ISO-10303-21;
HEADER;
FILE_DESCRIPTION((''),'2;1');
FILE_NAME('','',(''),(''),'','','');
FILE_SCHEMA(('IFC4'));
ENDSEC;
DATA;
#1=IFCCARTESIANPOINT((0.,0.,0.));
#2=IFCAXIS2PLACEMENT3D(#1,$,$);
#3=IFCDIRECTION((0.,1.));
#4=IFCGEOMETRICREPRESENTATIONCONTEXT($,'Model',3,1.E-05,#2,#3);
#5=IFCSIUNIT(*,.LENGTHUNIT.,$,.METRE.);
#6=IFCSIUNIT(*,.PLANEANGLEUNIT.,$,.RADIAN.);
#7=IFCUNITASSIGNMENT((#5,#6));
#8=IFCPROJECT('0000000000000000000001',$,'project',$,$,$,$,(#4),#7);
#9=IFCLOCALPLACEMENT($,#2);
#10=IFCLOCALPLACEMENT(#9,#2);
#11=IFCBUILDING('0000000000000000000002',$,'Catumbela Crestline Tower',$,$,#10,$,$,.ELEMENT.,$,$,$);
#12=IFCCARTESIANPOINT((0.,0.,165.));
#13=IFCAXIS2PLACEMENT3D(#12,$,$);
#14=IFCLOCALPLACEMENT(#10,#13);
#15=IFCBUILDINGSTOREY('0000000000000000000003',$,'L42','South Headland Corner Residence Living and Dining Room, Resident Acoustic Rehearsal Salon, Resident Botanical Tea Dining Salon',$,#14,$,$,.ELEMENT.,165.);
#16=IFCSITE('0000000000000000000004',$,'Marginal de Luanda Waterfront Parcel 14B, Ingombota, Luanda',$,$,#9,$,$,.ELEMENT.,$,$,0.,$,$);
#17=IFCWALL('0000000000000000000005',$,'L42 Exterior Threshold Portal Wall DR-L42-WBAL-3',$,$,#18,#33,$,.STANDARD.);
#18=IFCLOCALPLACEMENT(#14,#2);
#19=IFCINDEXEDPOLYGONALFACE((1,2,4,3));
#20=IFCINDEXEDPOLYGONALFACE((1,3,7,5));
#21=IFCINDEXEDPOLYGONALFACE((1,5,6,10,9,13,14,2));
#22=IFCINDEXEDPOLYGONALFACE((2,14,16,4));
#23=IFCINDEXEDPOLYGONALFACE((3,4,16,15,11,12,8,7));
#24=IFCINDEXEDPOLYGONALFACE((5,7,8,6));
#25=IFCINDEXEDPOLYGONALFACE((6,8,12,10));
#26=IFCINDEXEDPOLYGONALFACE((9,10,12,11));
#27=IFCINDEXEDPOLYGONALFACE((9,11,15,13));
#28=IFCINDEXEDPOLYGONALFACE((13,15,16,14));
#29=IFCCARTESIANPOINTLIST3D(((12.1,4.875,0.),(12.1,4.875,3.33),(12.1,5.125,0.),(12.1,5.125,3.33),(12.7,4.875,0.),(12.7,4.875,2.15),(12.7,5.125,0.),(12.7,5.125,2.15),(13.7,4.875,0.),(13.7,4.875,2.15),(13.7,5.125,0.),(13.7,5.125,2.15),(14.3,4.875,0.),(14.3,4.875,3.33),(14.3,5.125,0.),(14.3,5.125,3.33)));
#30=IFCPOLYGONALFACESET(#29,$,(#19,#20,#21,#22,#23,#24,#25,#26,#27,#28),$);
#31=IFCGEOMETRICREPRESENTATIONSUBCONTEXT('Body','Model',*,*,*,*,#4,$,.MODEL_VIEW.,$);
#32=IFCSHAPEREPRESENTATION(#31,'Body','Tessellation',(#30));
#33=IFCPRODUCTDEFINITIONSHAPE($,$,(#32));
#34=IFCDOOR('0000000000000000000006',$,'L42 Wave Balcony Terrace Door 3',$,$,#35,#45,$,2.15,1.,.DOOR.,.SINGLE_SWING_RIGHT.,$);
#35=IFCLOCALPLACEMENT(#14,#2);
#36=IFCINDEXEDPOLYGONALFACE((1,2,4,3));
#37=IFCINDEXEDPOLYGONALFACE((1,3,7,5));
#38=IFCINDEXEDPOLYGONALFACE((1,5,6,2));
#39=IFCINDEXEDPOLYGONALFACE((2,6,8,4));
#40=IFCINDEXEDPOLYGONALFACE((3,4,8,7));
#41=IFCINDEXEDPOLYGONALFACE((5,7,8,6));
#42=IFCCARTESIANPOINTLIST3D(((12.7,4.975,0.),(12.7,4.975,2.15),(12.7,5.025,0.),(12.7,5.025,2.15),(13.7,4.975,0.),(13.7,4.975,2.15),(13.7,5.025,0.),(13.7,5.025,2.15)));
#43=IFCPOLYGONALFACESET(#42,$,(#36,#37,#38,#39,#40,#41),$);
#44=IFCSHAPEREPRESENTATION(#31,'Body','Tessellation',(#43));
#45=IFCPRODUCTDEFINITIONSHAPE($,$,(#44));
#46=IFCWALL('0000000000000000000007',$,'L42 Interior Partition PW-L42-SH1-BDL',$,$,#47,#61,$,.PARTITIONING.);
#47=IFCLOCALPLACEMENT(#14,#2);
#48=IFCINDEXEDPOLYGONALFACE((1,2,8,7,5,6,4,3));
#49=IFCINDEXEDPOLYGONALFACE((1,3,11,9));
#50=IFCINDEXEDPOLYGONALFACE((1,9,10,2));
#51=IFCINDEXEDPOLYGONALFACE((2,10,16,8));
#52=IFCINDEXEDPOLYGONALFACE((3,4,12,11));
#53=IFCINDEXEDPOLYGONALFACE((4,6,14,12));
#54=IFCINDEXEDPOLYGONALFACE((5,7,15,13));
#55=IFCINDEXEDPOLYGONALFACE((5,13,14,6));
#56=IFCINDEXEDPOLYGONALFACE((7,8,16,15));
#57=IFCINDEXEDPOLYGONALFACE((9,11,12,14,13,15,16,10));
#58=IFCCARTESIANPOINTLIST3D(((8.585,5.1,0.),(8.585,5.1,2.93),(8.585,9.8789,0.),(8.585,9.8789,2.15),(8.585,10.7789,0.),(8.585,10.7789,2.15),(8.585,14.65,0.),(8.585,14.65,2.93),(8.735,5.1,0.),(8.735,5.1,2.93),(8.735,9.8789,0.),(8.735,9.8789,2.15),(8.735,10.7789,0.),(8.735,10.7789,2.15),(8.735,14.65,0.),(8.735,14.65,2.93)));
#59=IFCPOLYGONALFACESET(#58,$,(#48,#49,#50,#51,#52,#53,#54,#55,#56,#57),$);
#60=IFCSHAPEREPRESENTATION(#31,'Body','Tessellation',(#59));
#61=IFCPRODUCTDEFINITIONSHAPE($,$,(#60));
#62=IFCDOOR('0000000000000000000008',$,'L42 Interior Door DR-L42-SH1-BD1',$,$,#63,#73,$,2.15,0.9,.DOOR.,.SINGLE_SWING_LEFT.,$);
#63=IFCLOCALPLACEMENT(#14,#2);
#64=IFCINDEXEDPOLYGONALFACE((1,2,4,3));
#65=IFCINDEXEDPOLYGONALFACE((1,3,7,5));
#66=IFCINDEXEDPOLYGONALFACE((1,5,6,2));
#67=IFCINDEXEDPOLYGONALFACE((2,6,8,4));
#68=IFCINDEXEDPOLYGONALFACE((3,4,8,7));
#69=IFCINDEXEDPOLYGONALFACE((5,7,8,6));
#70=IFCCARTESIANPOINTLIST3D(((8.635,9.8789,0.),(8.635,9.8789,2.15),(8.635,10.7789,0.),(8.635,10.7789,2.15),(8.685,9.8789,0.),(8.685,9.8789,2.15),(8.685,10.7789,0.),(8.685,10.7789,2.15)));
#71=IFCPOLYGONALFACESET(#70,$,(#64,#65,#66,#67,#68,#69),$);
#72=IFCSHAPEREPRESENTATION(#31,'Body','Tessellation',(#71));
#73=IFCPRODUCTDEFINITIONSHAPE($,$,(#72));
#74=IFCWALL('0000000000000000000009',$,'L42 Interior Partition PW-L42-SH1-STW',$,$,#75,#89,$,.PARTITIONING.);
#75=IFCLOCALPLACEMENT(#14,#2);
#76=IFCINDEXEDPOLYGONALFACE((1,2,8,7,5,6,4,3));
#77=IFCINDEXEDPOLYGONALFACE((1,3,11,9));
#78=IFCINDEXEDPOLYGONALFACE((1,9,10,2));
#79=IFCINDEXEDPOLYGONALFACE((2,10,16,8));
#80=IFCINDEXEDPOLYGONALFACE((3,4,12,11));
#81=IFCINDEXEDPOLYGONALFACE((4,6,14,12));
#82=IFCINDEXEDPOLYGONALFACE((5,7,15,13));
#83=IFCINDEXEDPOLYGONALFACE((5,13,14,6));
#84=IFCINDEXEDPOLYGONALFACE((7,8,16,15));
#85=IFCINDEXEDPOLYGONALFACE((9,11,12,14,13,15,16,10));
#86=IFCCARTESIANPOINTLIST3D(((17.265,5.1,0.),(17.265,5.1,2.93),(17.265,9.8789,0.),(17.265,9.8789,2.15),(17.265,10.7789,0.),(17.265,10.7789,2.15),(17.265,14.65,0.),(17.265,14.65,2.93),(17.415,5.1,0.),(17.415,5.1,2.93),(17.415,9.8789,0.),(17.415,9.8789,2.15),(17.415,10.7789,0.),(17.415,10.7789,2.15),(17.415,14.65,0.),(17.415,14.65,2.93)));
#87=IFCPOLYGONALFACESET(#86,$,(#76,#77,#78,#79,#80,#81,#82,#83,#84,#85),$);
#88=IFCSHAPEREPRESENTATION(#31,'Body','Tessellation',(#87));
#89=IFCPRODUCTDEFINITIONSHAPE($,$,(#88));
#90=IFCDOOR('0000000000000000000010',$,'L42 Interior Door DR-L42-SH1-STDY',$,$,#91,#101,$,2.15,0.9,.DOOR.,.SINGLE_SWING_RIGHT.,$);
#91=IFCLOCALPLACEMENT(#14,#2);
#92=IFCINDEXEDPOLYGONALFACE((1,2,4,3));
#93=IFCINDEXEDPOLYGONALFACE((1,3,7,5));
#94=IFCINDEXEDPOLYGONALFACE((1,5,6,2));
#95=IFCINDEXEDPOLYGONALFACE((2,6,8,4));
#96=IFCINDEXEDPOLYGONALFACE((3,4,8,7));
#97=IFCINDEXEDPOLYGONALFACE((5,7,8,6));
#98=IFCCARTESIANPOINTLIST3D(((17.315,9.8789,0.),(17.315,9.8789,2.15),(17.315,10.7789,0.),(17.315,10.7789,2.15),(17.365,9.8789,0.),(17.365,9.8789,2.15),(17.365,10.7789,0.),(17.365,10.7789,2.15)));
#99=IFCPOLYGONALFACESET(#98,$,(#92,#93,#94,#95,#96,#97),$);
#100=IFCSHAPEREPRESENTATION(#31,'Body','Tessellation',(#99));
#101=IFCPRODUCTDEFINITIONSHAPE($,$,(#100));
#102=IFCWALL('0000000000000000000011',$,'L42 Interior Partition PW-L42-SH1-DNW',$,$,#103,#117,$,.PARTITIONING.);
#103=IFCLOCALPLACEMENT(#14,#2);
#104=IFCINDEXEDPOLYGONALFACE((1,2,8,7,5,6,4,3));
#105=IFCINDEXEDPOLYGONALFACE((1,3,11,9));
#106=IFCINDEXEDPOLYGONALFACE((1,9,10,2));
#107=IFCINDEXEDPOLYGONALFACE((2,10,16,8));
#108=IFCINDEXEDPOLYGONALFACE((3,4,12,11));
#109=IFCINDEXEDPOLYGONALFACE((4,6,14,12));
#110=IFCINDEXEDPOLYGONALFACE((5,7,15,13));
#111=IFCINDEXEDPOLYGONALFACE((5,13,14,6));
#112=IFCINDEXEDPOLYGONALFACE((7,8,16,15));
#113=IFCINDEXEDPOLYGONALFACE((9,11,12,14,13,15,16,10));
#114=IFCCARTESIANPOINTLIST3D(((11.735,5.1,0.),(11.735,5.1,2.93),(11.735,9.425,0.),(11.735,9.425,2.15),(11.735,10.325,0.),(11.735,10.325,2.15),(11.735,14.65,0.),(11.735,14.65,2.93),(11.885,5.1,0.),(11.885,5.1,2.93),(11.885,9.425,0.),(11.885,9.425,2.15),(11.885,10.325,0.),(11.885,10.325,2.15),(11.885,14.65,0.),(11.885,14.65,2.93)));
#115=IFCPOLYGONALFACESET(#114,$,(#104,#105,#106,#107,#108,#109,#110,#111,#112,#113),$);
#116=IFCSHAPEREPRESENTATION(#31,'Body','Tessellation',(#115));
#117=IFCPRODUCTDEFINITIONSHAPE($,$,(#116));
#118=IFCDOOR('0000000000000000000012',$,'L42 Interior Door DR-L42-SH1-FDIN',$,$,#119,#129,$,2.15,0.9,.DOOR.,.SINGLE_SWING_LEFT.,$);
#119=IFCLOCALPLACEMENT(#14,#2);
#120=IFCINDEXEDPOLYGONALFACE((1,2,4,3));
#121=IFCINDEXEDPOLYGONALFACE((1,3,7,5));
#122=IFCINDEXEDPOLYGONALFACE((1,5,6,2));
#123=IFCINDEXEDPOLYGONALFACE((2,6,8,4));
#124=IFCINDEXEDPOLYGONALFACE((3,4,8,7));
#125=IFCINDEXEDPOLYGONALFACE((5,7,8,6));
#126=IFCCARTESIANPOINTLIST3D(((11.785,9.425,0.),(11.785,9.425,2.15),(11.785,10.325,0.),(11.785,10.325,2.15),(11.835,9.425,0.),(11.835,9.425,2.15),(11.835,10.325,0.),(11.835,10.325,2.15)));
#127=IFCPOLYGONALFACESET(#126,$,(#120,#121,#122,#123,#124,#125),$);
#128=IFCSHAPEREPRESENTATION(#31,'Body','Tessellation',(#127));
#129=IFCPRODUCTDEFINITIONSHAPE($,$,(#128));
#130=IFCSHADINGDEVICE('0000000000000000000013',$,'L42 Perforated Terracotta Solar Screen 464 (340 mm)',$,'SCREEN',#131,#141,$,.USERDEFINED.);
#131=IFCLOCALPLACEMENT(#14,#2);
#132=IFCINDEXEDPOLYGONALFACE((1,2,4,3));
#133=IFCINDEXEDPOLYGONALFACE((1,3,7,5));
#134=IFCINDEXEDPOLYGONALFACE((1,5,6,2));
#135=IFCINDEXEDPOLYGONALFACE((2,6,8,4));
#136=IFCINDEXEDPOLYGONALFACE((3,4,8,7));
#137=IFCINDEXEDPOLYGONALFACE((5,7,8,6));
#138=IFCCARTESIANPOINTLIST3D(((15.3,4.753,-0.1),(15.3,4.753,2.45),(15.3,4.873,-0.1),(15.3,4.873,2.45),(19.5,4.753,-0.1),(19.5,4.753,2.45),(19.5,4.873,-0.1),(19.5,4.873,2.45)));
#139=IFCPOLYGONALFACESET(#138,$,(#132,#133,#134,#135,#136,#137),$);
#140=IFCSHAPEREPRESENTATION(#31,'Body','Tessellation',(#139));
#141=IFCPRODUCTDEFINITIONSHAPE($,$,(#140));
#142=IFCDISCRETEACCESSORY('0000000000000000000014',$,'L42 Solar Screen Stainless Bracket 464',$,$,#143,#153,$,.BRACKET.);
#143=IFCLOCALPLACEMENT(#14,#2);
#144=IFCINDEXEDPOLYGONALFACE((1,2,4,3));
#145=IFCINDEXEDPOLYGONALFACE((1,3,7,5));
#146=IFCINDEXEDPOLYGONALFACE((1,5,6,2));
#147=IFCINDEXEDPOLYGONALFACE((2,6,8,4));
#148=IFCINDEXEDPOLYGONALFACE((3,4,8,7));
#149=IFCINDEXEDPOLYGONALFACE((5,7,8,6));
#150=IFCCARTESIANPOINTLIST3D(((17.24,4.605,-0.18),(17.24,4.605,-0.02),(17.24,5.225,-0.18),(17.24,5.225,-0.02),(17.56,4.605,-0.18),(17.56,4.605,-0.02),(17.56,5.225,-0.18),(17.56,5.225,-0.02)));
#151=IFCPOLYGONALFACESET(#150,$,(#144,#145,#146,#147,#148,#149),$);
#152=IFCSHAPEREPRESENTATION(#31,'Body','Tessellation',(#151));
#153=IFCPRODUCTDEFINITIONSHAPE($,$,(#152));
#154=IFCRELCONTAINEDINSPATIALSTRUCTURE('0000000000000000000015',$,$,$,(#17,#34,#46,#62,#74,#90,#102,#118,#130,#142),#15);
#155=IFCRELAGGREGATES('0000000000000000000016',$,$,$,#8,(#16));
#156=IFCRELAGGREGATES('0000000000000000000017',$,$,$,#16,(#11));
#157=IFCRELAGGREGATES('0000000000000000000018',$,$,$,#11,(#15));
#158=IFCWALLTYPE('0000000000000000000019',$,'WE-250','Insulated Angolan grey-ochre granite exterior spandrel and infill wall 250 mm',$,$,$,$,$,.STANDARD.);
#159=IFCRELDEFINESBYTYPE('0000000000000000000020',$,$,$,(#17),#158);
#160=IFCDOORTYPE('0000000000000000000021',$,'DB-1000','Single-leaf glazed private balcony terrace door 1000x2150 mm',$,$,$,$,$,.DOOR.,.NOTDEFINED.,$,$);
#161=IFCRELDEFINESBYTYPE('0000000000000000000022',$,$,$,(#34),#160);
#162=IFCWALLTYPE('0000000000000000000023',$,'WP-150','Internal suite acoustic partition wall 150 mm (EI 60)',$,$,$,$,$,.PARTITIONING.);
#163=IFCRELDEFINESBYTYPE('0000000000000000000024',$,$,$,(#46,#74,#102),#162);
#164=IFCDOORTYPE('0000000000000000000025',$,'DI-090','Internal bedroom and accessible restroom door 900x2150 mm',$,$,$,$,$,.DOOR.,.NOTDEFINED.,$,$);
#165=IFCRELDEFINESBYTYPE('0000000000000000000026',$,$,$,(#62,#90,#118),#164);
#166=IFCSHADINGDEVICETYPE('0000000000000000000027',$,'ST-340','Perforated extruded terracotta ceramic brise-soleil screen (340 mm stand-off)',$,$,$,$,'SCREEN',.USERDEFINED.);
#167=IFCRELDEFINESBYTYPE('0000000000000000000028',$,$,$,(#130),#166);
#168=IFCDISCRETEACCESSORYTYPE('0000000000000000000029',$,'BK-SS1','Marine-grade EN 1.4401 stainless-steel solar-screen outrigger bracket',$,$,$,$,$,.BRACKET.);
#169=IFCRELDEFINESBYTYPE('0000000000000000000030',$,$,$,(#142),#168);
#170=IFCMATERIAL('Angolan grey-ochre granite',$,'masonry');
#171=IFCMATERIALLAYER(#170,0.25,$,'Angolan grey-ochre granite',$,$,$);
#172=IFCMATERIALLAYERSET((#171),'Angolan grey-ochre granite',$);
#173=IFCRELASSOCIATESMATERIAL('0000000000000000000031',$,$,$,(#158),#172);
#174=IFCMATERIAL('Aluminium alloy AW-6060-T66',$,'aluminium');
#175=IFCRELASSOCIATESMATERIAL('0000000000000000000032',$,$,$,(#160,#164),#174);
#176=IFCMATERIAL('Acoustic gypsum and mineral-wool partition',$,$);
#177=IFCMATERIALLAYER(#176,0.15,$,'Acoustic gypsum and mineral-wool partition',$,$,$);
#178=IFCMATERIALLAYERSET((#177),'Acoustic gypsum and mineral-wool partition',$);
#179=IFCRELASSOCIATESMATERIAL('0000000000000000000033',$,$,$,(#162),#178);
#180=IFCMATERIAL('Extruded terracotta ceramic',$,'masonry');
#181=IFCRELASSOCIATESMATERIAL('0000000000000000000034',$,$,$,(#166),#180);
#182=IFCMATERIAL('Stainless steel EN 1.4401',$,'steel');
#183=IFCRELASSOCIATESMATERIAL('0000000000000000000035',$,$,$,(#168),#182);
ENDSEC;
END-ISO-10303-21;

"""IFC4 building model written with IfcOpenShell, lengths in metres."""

from ifc_helpers import new_model, si_unit, direction, frame, frame_2d, origin, origin_2d, place, context, subcontext, project, spatial, rectangle, extrude, material, layer, layer_set, type_object, element, fill, save


model = new_model("IFC4")

# Units and contexts
model_context = context("Model", 3, precision=1e-05, world=origin(), true_north=direction((0.0, 1.0)))
body_context = subcontext(model_context, "Body", "Model", "MODEL_VIEW")
ifc_project = project(units=[si_unit("LENGTHUNIT", "METRE"), si_unit("PLANEANGLEUNIT", "RADIAN")], contexts=[model_context])

# Site, building, storey
site_placement = place(None, origin())
site = spatial("IfcSite", under=ifc_project, at=site_placement, Name="Marginal de Luanda Waterfront Parcel 14B, Ingombota, Luanda", CompositionType="ELEMENT", RefElevation=0.0)
building_placement = place(site_placement, origin())
building = spatial("IfcBuilding", under=site, at=building_placement, Name="Catumbela Crestline Tower", CompositionType="ELEMENT")
storey_placement = place(building_placement, frame((0.0, 0.0, 165.0)))
storey = spatial("IfcBuildingStorey", under=building, at=storey_placement, Name="L42", Description="South Headland Corner Residence Living and Dining Room, Resident Acoustic Rehearsal Salon, Resident Botanical Tea Dining Salon", CompositionType="ELEMENT", Elevation=165.0)

# Shared definitions
ifc_material_1 = material(Name="Aluminium alloy AW-6060-T66", Category="aluminium")

# Walls, openings, doors
ifc_material_2 = material(Name="Angolan grey-ochre granite", Category="masonry")
ifc_layer_1 = layer(ifc_material_2, 0.25, Name="Angolan grey-ochre granite")
ifc_layer_set_1 = layer_set([ifc_layer_1], Name="Angolan grey-ochre granite")
wall_type_1 = type_object("IfcWallType", Name="WE-250", Description="Insulated Angolan grey-ochre granite exterior spandrel and infill wall 250 mm", PredefinedType="STANDARD", material=ifc_layer_set_1)
wall_1_placement = place(storey_placement, frame((12.1, 5.0, 0.0), z_axis=(0.0, 0.0, 1.0), x_axis=(1.0, 0.0, 0.0)))
wall_1 = element("IfcWall", 1, at=wall_1_placement, inside=storey, type_object=wall_type_1, Name="L42 Exterior Threshold Portal Wall DR-L42-WBAL-3", PredefinedType="STANDARD", context=body_context, shape_type="SweptSolid", body=[
    extrude(rectangle(XDim=2.2, YDim=0.25, at=frame_2d((1.1, 0.0))), origin(), (0.0, 0.0, 1.0), 3.33),
])
opening_1_placement = place(wall_1_placement, frame((0.6, 0.0, 0.0)))
opening_1 = element("IfcOpeningElement", 2, at=opening_1_placement, cuts=wall_1, PredefinedType="OPENING", context=body_context, shape_type="SweptSolid", body=[
    extrude(rectangle(XDim=1.0, YDim=2.15, at=frame_2d((0.5, 1.075))), frame((0.0, 0.135, 0.0), z_axis=(0.0, -1.0, 0.0), x_axis=(1.0, 0.0, 0.0)), (0.0, 0.0, 1.0), 0.27),
])
door_type_1 = type_object("IfcDoorType", Name="DB-1000", Description="Single-leaf glazed private balcony terrace door 1000x2150 mm", OperationType="NOTDEFINED", PredefinedType="DOOR", material=ifc_material_1)
door_1_placement = place(opening_1_placement, origin())
door_1 = element("IfcDoor", 3, at=door_1_placement, inside=storey, type_object=door_type_1, Name="L42 Wave Balcony Terrace Door 3", OperationType="SINGLE_SWING_RIGHT", OverallHeight=2.15, OverallWidth=1.0, PredefinedType="DOOR", context=body_context, shape_type="SweptSolid", body=[
    extrude(rectangle(XDim=1.0, YDim=2.15, at=frame_2d((0.5, 1.075))), frame((0.0, 0.025, 0.0), z_axis=(0.0, -1.0, 0.0), x_axis=(1.0, 0.0, 0.0)), (0.0, 0.0, 1.0), 0.05),
])
fill(opening_1, door_1)
ifc_material_3 = material(Name="Acoustic gypsum and mineral-wool partition")
ifc_layer_2 = layer(ifc_material_3, 0.15, Name="Acoustic gypsum and mineral-wool partition")
ifc_layer_set_2 = layer_set([ifc_layer_2], Name="Acoustic gypsum and mineral-wool partition")
wall_type_2 = type_object("IfcWallType", Name="WP-150", Description="Internal suite acoustic partition wall 150 mm (EI 60)", PredefinedType="PARTITIONING", material=ifc_layer_set_2)
wall_2_placement = place(storey_placement, frame((8.66, 5.1, 0.0), z_axis=(0.0, 0.0, 1.0), x_axis=(0.0, 1.0, 0.0)))
wall_2 = element("IfcWall", 4, at=wall_2_placement, inside=storey, type_object=wall_type_2, Name="L42 Interior Partition PW-L42-SH1-BDL", PredefinedType="PARTITIONING", context=body_context, shape_type="SweptSolid", body=[
    extrude(rectangle(XDim=9.55, YDim=0.15, at=frame_2d((4.775, 0.0))), origin(), (0.0, 0.0, 1.0), 2.93),
])
opening_2_placement = place(wall_2_placement, frame((4.7789, 0.0, 0.0)))
opening_2 = element("IfcOpeningElement", 5, at=opening_2_placement, cuts=wall_2, PredefinedType="OPENING", context=body_context, shape_type="SweptSolid", body=[
    extrude(rectangle(XDim=0.9, YDim=2.15, at=frame_2d((0.45, 1.075))), frame((0.0, 0.085, 0.0), z_axis=(0.0, -1.0, 0.0), x_axis=(1.0, 0.0, 0.0)), (0.0, 0.0, 1.0), 0.17),
])
door_type_2 = type_object("IfcDoorType", Name="DI-090", Description="Internal bedroom and accessible restroom door 900x2150 mm", OperationType="NOTDEFINED", PredefinedType="DOOR", material=ifc_material_1)
door_2_placement = place(opening_2_placement, origin())
door_2 = element("IfcDoor", 6, at=door_2_placement, inside=storey, type_object=door_type_2, Name="L42 Interior Door DR-L42-SH1-BD1", OperationType="SINGLE_SWING_LEFT", OverallHeight=2.15, OverallWidth=0.9, PredefinedType="DOOR", context=body_context, shape_type="SweptSolid", body=[
    extrude(rectangle(XDim=0.9, YDim=2.15, at=frame_2d((0.45, 1.075))), frame((0.0, 0.025, 0.0), z_axis=(0.0, -1.0, 0.0), x_axis=(1.0, 0.0, 0.0)), (0.0, 0.0, 1.0), 0.05),
])
fill(opening_2, door_2)
wall_3_placement = place(storey_placement, frame((17.34, 5.1, 0.0), z_axis=(0.0, 0.0, 1.0), x_axis=(0.0, 1.0, 0.0)))
wall_3 = element("IfcWall", 7, at=wall_3_placement, inside=storey, type_object=wall_type_2, Name="L42 Interior Partition PW-L42-SH1-STW", PredefinedType="PARTITIONING", context=body_context, shape_type="SweptSolid", body=[
    extrude(rectangle(XDim=9.55, YDim=0.15, at=frame_2d((4.775, 0.0))), origin(), (0.0, 0.0, 1.0), 2.93),
])
opening_3_placement = place(wall_3_placement, frame((4.7789, 0.0, 0.0)))
opening_3 = element("IfcOpeningElement", 8, at=opening_3_placement, cuts=wall_3, PredefinedType="OPENING", context=body_context, shape_type="SweptSolid", body=[
    extrude(rectangle(XDim=0.9, YDim=2.15, at=frame_2d((0.45, 1.075))), frame((0.0, 0.085, 0.0), z_axis=(0.0, -1.0, 0.0), x_axis=(1.0, 0.0, 0.0)), (0.0, 0.0, 1.0), 0.17),
])
door_3_placement = place(opening_3_placement, origin())
door_3 = element("IfcDoor", 9, at=door_3_placement, inside=storey, type_object=door_type_2, Name="L42 Interior Door DR-L42-SH1-STDY", OperationType="SINGLE_SWING_RIGHT", OverallHeight=2.15, OverallWidth=0.9, PredefinedType="DOOR", context=body_context, shape_type="SweptSolid", body=[
    extrude(rectangle(XDim=0.9, YDim=2.15, at=frame_2d((0.45, 1.075))), frame((0.0, 0.025, 0.0), z_axis=(0.0, -1.0, 0.0), x_axis=(1.0, 0.0, 0.0)), (0.0, 0.0, 1.0), 0.05),
])
fill(opening_3, door_3)
wall_4_placement = place(storey_placement, frame((11.81, 5.1, 0.0), z_axis=(0.0, 0.0, 1.0), x_axis=(0.0, 1.0, 0.0)))
wall_4 = element("IfcWall", 10, at=wall_4_placement, inside=storey, type_object=wall_type_2, Name="L42 Interior Partition PW-L42-SH1-DNW", PredefinedType="PARTITIONING", context=body_context, shape_type="SweptSolid", body=[
    extrude(rectangle(XDim=9.55, YDim=0.15, at=frame_2d((4.775, 0.0))), origin(), (0.0, 0.0, 1.0), 2.93),
])
opening_4_placement = place(wall_4_placement, frame((4.325, 0.0, 0.0)))
opening_4 = element("IfcOpeningElement", 11, at=opening_4_placement, cuts=wall_4, PredefinedType="OPENING", context=body_context, shape_type="SweptSolid", body=[
    extrude(rectangle(XDim=0.9, YDim=2.15, at=frame_2d((0.45, 1.075))), frame((0.0, 0.085, 0.0), z_axis=(0.0, -1.0, 0.0), x_axis=(1.0, 0.0, 0.0)), (0.0, 0.0, 1.0), 0.17),
])
door_4_placement = place(opening_4_placement, origin())
door_4 = element("IfcDoor", 12, at=door_4_placement, inside=storey, type_object=door_type_2, Name="L42 Interior Door DR-L42-SH1-FDIN", OperationType="SINGLE_SWING_LEFT", OverallHeight=2.15, OverallWidth=0.9, PredefinedType="DOOR", context=body_context, shape_type="SweptSolid", body=[
    extrude(rectangle(XDim=0.9, YDim=2.15, at=frame_2d((0.45, 1.075))), frame((0.0, 0.025, 0.0), z_axis=(0.0, -1.0, 0.0), x_axis=(1.0, 0.0, 0.0)), (0.0, 0.0, 1.0), 0.05),
])
fill(opening_4, door_4)

# Shared definitions
ifc_material_4 = material(Name="Stainless steel EN 1.4401", Category="steel")

# Shading device
ifc_material_5 = material(Name="Extruded terracotta ceramic", Category="masonry")
shading_device_type = type_object("IfcShadingDeviceType", Name="ST-340", Description="Perforated extruded terracotta ceramic brise-soleil screen (340 mm stand-off)", ElementType="SCREEN", PredefinedType="USERDEFINED", material=ifc_material_5)
shading_device_placement = place(storey_placement, frame((17.4, 4.813, -0.1), z_axis=(0.0, 0.0, 1.0), x_axis=(1.0, 0.0, 0.0)))
element("IfcShadingDevice", 13, at=shading_device_placement, inside=storey, type_object=shading_device_type, Name="L42 Perforated Terracotta Solar Screen 464 (340 mm)", ObjectType="SCREEN", PredefinedType="USERDEFINED", context=body_context, shape_type="SweptSolid", body=[
    extrude(rectangle(XDim=4.2, YDim=0.12, at=origin_2d()), origin(), (0.0, 0.0, 1.0), 2.55),
])

# Discrete accessory
discrete_accessory_type = type_object("IfcDiscreteAccessoryType", Name="BK-SS1", Description="Marine-grade EN 1.4401 stainless-steel solar-screen outrigger bracket", PredefinedType="BRACKET", material=ifc_material_4)
discrete_accessory_placement = place(storey_placement, frame((17.4, 4.915, -0.18), z_axis=(0.0, 0.0, 1.0), x_axis=(1.0, 0.0, 0.0)))
element("IfcDiscreteAccessory", 14, at=discrete_accessory_placement, inside=storey, type_object=discrete_accessory_type, Name="L42 Solar Screen Stainless Bracket 464", PredefinedType="BRACKET", context=body_context, shape_type="SweptSolid", body=[
    extrude(rectangle(XDim=0.32, YDim=0.62, at=origin_2d()), origin(), (0.0, 0.0, 1.0), 0.16),
])

save(model, "model.ifc")
